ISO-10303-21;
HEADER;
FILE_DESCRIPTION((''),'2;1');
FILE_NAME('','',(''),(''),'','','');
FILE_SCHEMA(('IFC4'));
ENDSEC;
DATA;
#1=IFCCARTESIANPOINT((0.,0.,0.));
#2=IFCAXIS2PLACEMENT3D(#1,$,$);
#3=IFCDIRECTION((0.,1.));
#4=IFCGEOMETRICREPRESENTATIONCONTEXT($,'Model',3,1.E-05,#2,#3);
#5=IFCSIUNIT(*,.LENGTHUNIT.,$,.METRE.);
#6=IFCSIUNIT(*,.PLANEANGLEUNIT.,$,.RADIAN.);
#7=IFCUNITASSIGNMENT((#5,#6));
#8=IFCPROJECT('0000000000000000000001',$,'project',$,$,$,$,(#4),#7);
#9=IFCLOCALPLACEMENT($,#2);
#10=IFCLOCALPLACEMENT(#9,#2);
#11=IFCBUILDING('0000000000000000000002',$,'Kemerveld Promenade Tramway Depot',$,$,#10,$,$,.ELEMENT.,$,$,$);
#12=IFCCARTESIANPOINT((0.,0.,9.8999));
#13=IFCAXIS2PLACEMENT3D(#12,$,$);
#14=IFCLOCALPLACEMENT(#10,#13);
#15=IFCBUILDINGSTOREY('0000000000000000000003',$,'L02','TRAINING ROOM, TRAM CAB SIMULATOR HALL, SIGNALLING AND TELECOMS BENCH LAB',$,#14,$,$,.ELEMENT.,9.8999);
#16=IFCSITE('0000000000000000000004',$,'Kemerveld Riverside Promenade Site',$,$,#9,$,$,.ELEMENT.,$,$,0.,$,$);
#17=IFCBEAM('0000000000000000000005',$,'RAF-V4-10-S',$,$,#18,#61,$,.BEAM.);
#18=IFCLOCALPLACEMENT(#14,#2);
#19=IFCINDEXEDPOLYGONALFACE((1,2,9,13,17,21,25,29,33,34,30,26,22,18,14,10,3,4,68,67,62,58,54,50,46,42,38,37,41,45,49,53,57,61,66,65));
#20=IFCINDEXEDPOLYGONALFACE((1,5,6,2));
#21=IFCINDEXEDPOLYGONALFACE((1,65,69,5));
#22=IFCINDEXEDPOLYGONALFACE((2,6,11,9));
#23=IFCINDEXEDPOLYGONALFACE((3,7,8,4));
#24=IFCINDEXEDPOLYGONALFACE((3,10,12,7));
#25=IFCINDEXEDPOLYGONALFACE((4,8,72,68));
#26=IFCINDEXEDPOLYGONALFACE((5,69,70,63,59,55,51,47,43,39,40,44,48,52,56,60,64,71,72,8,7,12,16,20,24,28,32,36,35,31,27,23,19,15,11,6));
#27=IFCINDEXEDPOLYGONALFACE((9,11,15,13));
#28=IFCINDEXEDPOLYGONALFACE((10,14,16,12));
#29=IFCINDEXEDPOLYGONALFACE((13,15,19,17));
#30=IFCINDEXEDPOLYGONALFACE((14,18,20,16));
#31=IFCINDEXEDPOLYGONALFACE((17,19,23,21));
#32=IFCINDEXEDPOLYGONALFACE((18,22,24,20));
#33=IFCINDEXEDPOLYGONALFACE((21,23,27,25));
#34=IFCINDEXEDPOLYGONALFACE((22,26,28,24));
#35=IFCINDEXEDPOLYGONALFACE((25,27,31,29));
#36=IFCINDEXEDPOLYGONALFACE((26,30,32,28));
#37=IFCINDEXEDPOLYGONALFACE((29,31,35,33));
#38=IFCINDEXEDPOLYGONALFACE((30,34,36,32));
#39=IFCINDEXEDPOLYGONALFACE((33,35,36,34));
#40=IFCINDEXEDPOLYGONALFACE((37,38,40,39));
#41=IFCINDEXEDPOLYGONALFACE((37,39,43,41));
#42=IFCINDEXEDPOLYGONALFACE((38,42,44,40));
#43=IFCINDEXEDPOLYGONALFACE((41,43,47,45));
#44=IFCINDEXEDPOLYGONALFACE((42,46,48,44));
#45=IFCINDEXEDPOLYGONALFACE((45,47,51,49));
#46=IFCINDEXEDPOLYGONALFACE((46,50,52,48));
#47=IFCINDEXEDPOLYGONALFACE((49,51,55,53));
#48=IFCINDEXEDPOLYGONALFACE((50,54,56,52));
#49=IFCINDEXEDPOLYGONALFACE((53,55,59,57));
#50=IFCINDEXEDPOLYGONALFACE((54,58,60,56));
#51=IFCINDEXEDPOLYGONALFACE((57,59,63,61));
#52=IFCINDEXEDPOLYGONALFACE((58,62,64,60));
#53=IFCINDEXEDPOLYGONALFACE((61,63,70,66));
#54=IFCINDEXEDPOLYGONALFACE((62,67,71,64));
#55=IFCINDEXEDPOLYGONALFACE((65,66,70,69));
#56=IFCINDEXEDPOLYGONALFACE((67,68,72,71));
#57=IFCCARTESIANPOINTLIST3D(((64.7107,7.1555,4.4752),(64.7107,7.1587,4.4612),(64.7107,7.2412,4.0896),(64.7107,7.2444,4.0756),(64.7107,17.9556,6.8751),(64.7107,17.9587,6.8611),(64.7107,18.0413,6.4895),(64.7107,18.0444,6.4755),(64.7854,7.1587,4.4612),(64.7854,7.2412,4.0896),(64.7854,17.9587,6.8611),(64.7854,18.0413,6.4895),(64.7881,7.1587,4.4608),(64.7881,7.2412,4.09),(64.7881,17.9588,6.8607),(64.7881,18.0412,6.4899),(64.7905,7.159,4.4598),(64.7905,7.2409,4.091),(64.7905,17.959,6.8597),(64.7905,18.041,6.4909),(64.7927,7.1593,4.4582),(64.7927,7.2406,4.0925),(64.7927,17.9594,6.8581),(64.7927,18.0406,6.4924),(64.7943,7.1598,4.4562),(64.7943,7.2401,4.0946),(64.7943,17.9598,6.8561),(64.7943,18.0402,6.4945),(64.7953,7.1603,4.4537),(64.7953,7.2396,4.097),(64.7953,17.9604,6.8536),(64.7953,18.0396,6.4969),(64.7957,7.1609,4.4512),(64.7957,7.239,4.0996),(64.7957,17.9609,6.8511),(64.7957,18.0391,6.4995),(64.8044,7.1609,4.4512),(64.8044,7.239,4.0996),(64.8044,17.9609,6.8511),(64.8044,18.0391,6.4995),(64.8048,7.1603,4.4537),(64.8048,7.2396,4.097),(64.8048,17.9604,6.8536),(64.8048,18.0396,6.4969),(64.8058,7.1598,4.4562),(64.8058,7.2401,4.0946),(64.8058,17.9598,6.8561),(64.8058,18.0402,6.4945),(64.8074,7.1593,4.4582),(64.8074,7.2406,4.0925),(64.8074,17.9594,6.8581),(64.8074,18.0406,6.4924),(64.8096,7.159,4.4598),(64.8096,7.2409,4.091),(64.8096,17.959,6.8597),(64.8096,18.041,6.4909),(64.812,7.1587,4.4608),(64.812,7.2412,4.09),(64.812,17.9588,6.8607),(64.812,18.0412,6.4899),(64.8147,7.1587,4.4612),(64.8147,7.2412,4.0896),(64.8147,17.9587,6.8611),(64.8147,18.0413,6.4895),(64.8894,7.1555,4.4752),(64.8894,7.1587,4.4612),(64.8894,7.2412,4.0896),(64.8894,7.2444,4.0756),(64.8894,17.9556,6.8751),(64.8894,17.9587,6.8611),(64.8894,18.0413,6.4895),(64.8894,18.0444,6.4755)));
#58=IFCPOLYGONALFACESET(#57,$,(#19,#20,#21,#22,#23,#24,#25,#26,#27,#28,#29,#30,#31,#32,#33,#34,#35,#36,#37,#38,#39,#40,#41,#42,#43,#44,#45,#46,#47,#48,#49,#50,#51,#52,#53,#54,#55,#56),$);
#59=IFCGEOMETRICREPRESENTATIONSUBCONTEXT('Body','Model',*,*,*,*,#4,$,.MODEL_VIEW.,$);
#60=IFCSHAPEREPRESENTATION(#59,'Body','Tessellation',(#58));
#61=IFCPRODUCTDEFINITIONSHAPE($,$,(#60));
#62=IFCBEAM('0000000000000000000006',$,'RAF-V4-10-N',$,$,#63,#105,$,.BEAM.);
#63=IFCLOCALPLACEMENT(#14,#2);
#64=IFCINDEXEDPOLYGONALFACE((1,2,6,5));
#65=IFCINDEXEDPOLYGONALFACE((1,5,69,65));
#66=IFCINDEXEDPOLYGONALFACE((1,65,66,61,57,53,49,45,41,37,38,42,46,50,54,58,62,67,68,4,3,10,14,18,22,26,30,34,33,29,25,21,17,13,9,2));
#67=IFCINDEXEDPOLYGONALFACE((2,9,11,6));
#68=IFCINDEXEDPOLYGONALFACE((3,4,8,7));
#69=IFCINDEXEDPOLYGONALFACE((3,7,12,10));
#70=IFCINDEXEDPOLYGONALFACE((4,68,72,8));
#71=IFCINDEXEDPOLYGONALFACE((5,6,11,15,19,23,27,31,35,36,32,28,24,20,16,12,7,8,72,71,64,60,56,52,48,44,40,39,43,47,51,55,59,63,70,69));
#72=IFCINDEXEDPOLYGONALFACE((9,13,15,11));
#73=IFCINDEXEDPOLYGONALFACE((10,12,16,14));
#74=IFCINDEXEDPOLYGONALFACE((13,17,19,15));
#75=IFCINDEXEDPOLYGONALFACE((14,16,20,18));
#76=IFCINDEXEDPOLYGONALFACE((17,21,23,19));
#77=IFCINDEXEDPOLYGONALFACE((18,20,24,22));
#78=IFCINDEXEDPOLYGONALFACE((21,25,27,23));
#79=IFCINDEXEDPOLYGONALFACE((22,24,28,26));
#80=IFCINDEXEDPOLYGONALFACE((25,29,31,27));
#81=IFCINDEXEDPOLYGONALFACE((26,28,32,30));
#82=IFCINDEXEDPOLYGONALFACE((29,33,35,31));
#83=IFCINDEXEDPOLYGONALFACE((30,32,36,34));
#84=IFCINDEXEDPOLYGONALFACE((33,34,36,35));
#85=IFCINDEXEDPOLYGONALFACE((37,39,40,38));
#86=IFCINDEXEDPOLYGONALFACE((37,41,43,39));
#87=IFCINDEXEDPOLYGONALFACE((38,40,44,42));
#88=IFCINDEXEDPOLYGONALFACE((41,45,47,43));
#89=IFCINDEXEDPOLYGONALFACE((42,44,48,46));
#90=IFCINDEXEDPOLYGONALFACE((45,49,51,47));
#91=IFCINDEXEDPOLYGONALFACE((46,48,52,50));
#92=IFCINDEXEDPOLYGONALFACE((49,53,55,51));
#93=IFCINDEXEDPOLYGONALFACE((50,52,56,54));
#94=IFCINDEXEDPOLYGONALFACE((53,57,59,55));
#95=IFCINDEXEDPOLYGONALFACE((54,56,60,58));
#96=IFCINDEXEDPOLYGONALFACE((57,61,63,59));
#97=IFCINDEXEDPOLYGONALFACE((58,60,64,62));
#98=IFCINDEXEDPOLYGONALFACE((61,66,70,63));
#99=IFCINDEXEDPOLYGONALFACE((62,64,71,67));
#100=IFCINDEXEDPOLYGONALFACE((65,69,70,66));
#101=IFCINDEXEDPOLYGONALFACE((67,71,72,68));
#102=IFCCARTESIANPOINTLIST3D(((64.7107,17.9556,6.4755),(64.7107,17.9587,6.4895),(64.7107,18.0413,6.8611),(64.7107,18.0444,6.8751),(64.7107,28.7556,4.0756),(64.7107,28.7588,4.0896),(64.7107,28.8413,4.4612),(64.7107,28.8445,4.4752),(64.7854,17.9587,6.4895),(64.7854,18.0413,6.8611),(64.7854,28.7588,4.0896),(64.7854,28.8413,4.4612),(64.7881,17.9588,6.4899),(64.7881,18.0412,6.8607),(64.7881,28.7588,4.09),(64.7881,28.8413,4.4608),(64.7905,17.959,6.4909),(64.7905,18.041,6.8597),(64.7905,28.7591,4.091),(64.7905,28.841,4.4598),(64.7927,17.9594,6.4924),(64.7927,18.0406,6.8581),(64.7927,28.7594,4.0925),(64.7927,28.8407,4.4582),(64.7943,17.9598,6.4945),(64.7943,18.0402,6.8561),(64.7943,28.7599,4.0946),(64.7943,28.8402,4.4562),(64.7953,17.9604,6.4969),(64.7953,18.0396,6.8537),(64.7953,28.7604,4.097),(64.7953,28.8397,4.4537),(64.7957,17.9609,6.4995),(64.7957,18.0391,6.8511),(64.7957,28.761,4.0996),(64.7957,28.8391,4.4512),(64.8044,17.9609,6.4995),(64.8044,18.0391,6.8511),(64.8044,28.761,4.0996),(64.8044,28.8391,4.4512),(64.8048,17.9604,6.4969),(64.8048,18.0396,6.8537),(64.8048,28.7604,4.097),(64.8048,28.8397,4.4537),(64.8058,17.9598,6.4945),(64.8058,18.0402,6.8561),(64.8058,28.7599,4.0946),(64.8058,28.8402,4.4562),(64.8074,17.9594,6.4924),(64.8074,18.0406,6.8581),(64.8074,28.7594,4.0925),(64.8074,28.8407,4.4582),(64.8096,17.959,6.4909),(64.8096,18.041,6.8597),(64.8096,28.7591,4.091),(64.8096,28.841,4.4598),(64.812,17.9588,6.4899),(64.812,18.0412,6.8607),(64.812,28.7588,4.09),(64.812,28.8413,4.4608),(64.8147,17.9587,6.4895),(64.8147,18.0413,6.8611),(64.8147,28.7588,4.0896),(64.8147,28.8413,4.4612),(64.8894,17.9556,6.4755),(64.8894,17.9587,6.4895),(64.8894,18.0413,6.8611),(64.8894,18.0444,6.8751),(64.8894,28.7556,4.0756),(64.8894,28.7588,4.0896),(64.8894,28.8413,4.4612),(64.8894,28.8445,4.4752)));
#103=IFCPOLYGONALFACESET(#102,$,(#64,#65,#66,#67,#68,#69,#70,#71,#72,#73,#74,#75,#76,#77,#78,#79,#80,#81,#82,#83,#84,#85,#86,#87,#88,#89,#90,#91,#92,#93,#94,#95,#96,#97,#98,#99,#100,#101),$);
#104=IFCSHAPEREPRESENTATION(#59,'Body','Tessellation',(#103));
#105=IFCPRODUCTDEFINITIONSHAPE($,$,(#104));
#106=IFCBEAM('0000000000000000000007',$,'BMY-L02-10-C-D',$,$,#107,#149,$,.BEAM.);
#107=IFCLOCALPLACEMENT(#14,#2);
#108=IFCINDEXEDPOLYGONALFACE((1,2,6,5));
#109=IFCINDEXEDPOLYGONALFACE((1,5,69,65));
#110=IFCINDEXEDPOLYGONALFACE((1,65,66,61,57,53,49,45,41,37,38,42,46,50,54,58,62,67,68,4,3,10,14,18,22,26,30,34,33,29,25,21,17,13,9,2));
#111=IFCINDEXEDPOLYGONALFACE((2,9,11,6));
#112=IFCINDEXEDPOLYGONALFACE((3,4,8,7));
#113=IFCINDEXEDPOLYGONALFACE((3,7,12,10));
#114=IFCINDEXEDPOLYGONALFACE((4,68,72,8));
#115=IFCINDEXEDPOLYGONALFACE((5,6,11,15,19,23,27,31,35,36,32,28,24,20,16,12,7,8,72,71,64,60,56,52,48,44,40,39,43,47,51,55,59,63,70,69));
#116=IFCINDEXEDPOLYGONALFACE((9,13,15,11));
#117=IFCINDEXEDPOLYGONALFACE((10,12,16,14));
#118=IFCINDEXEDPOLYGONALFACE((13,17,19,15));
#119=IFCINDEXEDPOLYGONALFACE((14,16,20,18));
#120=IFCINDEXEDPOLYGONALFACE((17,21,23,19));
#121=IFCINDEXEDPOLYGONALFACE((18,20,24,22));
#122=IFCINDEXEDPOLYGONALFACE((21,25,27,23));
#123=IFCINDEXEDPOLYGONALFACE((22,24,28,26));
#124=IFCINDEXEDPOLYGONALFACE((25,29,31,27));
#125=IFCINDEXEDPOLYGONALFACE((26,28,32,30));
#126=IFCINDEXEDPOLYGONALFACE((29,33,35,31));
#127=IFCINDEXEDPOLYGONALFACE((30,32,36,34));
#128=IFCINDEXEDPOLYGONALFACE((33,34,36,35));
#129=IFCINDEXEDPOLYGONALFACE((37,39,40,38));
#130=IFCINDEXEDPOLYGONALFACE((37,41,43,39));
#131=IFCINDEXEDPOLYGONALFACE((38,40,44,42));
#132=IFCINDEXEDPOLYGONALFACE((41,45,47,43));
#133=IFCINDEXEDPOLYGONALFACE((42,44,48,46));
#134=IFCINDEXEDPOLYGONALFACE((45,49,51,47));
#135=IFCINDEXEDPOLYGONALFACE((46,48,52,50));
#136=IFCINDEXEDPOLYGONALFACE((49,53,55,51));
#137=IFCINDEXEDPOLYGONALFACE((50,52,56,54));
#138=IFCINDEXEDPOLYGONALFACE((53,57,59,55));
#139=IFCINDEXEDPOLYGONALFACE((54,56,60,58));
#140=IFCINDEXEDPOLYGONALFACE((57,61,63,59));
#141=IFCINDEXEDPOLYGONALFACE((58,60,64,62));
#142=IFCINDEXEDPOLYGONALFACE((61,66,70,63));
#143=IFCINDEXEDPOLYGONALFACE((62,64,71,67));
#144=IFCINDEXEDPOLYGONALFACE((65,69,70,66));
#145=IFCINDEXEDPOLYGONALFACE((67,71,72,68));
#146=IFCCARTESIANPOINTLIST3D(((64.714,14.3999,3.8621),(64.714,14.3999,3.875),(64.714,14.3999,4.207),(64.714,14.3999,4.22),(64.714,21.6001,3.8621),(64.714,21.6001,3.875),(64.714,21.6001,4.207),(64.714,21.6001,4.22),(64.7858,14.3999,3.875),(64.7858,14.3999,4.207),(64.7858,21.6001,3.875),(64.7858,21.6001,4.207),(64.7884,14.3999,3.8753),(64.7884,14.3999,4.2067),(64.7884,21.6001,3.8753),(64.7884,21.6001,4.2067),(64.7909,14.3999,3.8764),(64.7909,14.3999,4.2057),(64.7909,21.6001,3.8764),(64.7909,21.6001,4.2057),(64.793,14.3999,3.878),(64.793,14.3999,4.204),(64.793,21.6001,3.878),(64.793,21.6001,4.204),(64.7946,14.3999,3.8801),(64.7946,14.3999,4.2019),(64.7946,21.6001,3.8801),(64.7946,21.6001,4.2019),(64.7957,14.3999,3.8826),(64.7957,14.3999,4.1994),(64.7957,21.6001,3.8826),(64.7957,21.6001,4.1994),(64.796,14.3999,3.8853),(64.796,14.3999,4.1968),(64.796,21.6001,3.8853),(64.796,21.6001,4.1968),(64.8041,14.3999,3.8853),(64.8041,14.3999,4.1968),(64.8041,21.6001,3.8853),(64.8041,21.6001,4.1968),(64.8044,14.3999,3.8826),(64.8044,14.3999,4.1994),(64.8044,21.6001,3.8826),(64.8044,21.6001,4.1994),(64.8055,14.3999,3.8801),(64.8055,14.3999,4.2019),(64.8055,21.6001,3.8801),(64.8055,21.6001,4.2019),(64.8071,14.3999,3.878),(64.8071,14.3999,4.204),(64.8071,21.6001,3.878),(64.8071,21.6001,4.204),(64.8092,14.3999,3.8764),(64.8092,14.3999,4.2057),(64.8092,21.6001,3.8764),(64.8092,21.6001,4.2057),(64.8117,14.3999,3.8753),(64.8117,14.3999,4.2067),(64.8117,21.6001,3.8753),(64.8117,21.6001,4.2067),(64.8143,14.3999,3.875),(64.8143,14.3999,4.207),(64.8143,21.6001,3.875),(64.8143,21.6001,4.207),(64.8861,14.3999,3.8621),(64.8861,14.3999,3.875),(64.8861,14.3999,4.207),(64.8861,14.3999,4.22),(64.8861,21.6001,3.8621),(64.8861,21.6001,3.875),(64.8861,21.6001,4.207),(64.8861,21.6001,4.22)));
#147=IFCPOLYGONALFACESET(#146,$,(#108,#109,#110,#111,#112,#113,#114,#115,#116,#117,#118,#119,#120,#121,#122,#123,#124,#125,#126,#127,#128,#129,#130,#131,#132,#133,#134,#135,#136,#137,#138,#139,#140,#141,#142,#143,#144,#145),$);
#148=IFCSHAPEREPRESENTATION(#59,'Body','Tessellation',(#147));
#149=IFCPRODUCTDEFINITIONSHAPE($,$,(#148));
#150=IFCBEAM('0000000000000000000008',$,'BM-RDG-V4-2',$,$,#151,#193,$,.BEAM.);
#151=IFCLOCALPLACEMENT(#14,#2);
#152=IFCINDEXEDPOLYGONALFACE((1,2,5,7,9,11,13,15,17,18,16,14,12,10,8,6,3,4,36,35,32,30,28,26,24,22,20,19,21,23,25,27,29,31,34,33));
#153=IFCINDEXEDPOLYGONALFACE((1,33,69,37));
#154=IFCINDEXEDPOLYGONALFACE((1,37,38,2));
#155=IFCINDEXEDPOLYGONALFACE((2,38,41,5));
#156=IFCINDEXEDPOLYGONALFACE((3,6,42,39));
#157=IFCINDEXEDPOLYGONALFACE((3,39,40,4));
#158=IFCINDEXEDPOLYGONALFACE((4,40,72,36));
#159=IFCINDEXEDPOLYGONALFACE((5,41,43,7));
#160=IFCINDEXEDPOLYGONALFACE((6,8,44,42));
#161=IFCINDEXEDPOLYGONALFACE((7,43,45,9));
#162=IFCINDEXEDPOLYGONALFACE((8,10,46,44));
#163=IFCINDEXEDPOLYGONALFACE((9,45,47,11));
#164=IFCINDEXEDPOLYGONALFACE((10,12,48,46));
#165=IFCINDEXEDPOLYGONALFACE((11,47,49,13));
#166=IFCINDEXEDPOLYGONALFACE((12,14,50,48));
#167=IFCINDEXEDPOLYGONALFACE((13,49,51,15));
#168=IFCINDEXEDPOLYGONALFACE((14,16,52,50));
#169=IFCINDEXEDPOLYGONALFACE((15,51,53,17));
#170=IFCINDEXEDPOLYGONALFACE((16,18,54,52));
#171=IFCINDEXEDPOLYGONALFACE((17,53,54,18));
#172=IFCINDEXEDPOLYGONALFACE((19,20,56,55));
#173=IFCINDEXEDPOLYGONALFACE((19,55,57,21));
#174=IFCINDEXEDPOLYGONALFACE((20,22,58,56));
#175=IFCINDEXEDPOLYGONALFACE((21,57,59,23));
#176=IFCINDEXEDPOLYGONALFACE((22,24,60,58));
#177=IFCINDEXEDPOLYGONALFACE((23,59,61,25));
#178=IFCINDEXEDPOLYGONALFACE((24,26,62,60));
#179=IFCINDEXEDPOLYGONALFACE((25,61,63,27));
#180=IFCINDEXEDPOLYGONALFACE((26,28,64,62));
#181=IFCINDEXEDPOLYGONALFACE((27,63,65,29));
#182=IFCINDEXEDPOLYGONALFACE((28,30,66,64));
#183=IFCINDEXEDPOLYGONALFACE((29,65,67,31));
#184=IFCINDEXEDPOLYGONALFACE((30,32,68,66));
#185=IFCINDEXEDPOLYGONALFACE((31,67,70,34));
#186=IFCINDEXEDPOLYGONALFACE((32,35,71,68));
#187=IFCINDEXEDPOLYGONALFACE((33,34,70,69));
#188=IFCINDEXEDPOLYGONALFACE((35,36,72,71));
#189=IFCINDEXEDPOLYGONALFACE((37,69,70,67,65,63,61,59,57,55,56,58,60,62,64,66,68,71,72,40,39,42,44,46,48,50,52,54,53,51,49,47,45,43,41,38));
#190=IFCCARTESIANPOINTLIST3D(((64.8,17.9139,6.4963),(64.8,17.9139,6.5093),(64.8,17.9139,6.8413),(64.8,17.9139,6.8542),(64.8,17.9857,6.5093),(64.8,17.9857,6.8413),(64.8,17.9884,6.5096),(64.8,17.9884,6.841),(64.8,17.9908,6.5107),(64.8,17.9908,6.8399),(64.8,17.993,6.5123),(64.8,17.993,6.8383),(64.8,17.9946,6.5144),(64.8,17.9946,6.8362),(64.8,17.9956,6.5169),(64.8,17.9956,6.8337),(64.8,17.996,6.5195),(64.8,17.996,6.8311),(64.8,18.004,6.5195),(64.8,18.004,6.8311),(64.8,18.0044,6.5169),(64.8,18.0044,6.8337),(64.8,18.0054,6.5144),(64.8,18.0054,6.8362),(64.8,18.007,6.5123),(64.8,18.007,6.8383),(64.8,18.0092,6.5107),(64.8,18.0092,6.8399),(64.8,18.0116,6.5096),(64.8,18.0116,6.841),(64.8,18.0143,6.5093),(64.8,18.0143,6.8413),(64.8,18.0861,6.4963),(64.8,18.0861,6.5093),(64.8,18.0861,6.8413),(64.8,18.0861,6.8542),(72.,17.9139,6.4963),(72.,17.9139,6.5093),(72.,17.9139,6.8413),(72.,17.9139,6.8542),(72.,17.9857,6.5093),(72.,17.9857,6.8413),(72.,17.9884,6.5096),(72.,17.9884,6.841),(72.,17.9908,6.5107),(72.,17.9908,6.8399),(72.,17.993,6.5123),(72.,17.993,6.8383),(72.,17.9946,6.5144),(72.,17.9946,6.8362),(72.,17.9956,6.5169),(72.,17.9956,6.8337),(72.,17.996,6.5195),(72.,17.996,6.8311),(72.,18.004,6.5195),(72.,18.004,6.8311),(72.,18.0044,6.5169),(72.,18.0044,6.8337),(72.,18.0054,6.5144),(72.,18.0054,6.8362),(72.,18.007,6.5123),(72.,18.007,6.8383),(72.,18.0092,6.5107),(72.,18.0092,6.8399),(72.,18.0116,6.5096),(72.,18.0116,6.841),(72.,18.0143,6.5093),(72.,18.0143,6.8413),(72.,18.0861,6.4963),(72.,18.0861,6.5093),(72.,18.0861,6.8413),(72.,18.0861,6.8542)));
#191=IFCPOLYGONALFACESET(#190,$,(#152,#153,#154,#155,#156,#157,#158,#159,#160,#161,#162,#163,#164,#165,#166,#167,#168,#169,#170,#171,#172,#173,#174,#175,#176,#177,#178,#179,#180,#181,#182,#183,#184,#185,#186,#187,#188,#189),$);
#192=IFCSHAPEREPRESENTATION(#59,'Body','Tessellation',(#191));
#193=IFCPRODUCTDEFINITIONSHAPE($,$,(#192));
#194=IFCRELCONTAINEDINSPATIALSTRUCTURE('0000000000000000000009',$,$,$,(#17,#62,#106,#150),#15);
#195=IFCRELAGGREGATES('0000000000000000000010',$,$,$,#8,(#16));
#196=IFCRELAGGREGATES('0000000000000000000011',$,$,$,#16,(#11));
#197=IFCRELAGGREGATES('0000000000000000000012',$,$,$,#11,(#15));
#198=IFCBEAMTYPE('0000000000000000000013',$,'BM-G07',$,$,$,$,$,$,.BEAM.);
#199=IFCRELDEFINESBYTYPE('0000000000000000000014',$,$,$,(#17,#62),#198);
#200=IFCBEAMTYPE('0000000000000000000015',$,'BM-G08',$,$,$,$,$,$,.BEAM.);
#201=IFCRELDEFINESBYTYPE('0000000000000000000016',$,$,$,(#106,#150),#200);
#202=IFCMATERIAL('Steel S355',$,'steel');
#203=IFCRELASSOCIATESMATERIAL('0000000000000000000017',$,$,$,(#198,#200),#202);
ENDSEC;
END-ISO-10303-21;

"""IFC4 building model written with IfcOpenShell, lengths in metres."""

from ifc_helpers import new_model, si_unit, direction, frame, origin, origin_2d, place, context, subcontext, project, spatial, i_section, extrude, material, material_profile, profile_set, type_object, element, save


model = new_model("IFC4")

# Units and contexts
model_context = context("Model", 3, precision=1e-05, world=origin(), true_north=direction((0.0, 1.0)))
body_context = subcontext(model_context, "Body", "Model", "MODEL_VIEW")
ifc_project = project(units=[si_unit("LENGTHUNIT", "METRE"), si_unit("PLANEANGLEUNIT", "RADIAN")], contexts=[model_context])

# Site, building, storey
site_placement = place(None, origin())
site = spatial("IfcSite", under=ifc_project, at=site_placement, Name="Kemerveld Riverside Promenade Site", CompositionType="ELEMENT", RefElevation=0.0)
building_placement = place(site_placement, origin())
building = spatial("IfcBuilding", under=site, at=building_placement, Name="Kemerveld Promenade Tramway Depot", CompositionType="ELEMENT")
storey_placement = place(building_placement, frame((0.0, 0.0, 9.8999)))
storey = spatial("IfcBuildingStorey", under=building, at=storey_placement, Name="L02", Description="TRAINING ROOM, TRAM CAB SIMULATOR HALL, SIGNALLING AND TELECOMS BENCH LAB", CompositionType="ELEMENT", Elevation=9.8999)

# Shared definitions
ifc_material_1 = material(Name="Steel S355", Category="steel")

# Beams
ifc_material_profile_1 = material_profile(ifc_material_1, i_section(OverallWidth=0.1787, OverallDepth=0.4094, WebThickness=0.0088, FlangeThickness=0.0144, FilletRadius=0.0103, at=origin_2d()), Name="406x178x67 UB")
ifc_profile_set_1 = profile_set([ifc_material_profile_1], Name="Steel S355")
beam_type_1 = type_object("IfcBeamType", Name="BM-G07", PredefinedType="BEAM", material=ifc_profile_set_1)
for number, where, z_axis, x_axis, name in (
    (1, (64.8, 7.2, 4.2754), (0.0, 0.976189, 0.216921), (-1.0, 0.0, 0.0), "RAF-V4-10-S"),
    (2, (64.8, 18.0, 6.6753), (0.0, 0.976189, -0.216921), (-1.0, 0.0, 0.0), "RAF-V4-10-N"),
):
    element("IfcBeam", number, at=place(storey_placement, frame(where, z_axis=z_axis, x_axis=x_axis)), inside=storey, type_object=beam_type_1, Name=name, PredefinedType="BEAM", context=body_context, shape_type="SweptSolid", body=[
        extrude(i_section(OverallWidth=0.1787, OverallDepth=0.4094, WebThickness=0.0088, FlangeThickness=0.0144, FilletRadius=0.0103, at=origin_2d()), origin(), (0.0, 0.0, 1.0), 11.0635),
    ])
ifc_material_profile_2 = material_profile(ifc_material_1, i_section(OverallWidth=0.1721, OverallDepth=0.3579, WebThickness=0.0081, FlangeThickness=0.0129, FilletRadius=0.0103, at=origin_2d()), Name="356x171x57 UB")
ifc_profile_set_2 = profile_set([ifc_material_profile_2], Name="Steel S355")
beam_type_2 = type_object("IfcBeamType", Name="BM-G08", PredefinedType="BEAM", material=ifc_profile_set_2)
beam_1_placement = place(storey_placement, frame((64.8, 14.3999, 4.041), z_axis=(0.0, 1.0, 0.0), x_axis=(-1.0, 0.0, 0.0)))
element("IfcBeam", 3, at=beam_1_placement, inside=storey, type_object=beam_type_2, Name="BMY-L02-10-C-D", PredefinedType="BEAM", context=body_context, shape_type="SweptSolid", body=[
    extrude(i_section(OverallWidth=0.1721, OverallDepth=0.3579, WebThickness=0.0081, FlangeThickness=0.0129, FilletRadius=0.0103, at=origin_2d()), origin(), (0.0, 0.0, 1.0), 7.2002),
])
beam_2_placement = place(storey_placement, frame((64.8, 18.0, 6.6753), z_axis=(1.0, 0.0, 0.0), x_axis=(0.0, 1.0, 0.0)))
element("IfcBeam", 4, at=beam_2_placement, inside=storey, type_object=beam_type_2, Name="BM-RDG-V4-2", PredefinedType="BEAM", context=body_context, shape_type="SweptSolid", body=[
    extrude(i_section(OverallWidth=0.1721, OverallDepth=0.3579, WebThickness=0.0081, FlangeThickness=0.0129, FilletRadius=0.0103, at=origin_2d()), origin(), (0.0, 0.0, 1.0), 7.2),
])

save(model, "model.ifc")
